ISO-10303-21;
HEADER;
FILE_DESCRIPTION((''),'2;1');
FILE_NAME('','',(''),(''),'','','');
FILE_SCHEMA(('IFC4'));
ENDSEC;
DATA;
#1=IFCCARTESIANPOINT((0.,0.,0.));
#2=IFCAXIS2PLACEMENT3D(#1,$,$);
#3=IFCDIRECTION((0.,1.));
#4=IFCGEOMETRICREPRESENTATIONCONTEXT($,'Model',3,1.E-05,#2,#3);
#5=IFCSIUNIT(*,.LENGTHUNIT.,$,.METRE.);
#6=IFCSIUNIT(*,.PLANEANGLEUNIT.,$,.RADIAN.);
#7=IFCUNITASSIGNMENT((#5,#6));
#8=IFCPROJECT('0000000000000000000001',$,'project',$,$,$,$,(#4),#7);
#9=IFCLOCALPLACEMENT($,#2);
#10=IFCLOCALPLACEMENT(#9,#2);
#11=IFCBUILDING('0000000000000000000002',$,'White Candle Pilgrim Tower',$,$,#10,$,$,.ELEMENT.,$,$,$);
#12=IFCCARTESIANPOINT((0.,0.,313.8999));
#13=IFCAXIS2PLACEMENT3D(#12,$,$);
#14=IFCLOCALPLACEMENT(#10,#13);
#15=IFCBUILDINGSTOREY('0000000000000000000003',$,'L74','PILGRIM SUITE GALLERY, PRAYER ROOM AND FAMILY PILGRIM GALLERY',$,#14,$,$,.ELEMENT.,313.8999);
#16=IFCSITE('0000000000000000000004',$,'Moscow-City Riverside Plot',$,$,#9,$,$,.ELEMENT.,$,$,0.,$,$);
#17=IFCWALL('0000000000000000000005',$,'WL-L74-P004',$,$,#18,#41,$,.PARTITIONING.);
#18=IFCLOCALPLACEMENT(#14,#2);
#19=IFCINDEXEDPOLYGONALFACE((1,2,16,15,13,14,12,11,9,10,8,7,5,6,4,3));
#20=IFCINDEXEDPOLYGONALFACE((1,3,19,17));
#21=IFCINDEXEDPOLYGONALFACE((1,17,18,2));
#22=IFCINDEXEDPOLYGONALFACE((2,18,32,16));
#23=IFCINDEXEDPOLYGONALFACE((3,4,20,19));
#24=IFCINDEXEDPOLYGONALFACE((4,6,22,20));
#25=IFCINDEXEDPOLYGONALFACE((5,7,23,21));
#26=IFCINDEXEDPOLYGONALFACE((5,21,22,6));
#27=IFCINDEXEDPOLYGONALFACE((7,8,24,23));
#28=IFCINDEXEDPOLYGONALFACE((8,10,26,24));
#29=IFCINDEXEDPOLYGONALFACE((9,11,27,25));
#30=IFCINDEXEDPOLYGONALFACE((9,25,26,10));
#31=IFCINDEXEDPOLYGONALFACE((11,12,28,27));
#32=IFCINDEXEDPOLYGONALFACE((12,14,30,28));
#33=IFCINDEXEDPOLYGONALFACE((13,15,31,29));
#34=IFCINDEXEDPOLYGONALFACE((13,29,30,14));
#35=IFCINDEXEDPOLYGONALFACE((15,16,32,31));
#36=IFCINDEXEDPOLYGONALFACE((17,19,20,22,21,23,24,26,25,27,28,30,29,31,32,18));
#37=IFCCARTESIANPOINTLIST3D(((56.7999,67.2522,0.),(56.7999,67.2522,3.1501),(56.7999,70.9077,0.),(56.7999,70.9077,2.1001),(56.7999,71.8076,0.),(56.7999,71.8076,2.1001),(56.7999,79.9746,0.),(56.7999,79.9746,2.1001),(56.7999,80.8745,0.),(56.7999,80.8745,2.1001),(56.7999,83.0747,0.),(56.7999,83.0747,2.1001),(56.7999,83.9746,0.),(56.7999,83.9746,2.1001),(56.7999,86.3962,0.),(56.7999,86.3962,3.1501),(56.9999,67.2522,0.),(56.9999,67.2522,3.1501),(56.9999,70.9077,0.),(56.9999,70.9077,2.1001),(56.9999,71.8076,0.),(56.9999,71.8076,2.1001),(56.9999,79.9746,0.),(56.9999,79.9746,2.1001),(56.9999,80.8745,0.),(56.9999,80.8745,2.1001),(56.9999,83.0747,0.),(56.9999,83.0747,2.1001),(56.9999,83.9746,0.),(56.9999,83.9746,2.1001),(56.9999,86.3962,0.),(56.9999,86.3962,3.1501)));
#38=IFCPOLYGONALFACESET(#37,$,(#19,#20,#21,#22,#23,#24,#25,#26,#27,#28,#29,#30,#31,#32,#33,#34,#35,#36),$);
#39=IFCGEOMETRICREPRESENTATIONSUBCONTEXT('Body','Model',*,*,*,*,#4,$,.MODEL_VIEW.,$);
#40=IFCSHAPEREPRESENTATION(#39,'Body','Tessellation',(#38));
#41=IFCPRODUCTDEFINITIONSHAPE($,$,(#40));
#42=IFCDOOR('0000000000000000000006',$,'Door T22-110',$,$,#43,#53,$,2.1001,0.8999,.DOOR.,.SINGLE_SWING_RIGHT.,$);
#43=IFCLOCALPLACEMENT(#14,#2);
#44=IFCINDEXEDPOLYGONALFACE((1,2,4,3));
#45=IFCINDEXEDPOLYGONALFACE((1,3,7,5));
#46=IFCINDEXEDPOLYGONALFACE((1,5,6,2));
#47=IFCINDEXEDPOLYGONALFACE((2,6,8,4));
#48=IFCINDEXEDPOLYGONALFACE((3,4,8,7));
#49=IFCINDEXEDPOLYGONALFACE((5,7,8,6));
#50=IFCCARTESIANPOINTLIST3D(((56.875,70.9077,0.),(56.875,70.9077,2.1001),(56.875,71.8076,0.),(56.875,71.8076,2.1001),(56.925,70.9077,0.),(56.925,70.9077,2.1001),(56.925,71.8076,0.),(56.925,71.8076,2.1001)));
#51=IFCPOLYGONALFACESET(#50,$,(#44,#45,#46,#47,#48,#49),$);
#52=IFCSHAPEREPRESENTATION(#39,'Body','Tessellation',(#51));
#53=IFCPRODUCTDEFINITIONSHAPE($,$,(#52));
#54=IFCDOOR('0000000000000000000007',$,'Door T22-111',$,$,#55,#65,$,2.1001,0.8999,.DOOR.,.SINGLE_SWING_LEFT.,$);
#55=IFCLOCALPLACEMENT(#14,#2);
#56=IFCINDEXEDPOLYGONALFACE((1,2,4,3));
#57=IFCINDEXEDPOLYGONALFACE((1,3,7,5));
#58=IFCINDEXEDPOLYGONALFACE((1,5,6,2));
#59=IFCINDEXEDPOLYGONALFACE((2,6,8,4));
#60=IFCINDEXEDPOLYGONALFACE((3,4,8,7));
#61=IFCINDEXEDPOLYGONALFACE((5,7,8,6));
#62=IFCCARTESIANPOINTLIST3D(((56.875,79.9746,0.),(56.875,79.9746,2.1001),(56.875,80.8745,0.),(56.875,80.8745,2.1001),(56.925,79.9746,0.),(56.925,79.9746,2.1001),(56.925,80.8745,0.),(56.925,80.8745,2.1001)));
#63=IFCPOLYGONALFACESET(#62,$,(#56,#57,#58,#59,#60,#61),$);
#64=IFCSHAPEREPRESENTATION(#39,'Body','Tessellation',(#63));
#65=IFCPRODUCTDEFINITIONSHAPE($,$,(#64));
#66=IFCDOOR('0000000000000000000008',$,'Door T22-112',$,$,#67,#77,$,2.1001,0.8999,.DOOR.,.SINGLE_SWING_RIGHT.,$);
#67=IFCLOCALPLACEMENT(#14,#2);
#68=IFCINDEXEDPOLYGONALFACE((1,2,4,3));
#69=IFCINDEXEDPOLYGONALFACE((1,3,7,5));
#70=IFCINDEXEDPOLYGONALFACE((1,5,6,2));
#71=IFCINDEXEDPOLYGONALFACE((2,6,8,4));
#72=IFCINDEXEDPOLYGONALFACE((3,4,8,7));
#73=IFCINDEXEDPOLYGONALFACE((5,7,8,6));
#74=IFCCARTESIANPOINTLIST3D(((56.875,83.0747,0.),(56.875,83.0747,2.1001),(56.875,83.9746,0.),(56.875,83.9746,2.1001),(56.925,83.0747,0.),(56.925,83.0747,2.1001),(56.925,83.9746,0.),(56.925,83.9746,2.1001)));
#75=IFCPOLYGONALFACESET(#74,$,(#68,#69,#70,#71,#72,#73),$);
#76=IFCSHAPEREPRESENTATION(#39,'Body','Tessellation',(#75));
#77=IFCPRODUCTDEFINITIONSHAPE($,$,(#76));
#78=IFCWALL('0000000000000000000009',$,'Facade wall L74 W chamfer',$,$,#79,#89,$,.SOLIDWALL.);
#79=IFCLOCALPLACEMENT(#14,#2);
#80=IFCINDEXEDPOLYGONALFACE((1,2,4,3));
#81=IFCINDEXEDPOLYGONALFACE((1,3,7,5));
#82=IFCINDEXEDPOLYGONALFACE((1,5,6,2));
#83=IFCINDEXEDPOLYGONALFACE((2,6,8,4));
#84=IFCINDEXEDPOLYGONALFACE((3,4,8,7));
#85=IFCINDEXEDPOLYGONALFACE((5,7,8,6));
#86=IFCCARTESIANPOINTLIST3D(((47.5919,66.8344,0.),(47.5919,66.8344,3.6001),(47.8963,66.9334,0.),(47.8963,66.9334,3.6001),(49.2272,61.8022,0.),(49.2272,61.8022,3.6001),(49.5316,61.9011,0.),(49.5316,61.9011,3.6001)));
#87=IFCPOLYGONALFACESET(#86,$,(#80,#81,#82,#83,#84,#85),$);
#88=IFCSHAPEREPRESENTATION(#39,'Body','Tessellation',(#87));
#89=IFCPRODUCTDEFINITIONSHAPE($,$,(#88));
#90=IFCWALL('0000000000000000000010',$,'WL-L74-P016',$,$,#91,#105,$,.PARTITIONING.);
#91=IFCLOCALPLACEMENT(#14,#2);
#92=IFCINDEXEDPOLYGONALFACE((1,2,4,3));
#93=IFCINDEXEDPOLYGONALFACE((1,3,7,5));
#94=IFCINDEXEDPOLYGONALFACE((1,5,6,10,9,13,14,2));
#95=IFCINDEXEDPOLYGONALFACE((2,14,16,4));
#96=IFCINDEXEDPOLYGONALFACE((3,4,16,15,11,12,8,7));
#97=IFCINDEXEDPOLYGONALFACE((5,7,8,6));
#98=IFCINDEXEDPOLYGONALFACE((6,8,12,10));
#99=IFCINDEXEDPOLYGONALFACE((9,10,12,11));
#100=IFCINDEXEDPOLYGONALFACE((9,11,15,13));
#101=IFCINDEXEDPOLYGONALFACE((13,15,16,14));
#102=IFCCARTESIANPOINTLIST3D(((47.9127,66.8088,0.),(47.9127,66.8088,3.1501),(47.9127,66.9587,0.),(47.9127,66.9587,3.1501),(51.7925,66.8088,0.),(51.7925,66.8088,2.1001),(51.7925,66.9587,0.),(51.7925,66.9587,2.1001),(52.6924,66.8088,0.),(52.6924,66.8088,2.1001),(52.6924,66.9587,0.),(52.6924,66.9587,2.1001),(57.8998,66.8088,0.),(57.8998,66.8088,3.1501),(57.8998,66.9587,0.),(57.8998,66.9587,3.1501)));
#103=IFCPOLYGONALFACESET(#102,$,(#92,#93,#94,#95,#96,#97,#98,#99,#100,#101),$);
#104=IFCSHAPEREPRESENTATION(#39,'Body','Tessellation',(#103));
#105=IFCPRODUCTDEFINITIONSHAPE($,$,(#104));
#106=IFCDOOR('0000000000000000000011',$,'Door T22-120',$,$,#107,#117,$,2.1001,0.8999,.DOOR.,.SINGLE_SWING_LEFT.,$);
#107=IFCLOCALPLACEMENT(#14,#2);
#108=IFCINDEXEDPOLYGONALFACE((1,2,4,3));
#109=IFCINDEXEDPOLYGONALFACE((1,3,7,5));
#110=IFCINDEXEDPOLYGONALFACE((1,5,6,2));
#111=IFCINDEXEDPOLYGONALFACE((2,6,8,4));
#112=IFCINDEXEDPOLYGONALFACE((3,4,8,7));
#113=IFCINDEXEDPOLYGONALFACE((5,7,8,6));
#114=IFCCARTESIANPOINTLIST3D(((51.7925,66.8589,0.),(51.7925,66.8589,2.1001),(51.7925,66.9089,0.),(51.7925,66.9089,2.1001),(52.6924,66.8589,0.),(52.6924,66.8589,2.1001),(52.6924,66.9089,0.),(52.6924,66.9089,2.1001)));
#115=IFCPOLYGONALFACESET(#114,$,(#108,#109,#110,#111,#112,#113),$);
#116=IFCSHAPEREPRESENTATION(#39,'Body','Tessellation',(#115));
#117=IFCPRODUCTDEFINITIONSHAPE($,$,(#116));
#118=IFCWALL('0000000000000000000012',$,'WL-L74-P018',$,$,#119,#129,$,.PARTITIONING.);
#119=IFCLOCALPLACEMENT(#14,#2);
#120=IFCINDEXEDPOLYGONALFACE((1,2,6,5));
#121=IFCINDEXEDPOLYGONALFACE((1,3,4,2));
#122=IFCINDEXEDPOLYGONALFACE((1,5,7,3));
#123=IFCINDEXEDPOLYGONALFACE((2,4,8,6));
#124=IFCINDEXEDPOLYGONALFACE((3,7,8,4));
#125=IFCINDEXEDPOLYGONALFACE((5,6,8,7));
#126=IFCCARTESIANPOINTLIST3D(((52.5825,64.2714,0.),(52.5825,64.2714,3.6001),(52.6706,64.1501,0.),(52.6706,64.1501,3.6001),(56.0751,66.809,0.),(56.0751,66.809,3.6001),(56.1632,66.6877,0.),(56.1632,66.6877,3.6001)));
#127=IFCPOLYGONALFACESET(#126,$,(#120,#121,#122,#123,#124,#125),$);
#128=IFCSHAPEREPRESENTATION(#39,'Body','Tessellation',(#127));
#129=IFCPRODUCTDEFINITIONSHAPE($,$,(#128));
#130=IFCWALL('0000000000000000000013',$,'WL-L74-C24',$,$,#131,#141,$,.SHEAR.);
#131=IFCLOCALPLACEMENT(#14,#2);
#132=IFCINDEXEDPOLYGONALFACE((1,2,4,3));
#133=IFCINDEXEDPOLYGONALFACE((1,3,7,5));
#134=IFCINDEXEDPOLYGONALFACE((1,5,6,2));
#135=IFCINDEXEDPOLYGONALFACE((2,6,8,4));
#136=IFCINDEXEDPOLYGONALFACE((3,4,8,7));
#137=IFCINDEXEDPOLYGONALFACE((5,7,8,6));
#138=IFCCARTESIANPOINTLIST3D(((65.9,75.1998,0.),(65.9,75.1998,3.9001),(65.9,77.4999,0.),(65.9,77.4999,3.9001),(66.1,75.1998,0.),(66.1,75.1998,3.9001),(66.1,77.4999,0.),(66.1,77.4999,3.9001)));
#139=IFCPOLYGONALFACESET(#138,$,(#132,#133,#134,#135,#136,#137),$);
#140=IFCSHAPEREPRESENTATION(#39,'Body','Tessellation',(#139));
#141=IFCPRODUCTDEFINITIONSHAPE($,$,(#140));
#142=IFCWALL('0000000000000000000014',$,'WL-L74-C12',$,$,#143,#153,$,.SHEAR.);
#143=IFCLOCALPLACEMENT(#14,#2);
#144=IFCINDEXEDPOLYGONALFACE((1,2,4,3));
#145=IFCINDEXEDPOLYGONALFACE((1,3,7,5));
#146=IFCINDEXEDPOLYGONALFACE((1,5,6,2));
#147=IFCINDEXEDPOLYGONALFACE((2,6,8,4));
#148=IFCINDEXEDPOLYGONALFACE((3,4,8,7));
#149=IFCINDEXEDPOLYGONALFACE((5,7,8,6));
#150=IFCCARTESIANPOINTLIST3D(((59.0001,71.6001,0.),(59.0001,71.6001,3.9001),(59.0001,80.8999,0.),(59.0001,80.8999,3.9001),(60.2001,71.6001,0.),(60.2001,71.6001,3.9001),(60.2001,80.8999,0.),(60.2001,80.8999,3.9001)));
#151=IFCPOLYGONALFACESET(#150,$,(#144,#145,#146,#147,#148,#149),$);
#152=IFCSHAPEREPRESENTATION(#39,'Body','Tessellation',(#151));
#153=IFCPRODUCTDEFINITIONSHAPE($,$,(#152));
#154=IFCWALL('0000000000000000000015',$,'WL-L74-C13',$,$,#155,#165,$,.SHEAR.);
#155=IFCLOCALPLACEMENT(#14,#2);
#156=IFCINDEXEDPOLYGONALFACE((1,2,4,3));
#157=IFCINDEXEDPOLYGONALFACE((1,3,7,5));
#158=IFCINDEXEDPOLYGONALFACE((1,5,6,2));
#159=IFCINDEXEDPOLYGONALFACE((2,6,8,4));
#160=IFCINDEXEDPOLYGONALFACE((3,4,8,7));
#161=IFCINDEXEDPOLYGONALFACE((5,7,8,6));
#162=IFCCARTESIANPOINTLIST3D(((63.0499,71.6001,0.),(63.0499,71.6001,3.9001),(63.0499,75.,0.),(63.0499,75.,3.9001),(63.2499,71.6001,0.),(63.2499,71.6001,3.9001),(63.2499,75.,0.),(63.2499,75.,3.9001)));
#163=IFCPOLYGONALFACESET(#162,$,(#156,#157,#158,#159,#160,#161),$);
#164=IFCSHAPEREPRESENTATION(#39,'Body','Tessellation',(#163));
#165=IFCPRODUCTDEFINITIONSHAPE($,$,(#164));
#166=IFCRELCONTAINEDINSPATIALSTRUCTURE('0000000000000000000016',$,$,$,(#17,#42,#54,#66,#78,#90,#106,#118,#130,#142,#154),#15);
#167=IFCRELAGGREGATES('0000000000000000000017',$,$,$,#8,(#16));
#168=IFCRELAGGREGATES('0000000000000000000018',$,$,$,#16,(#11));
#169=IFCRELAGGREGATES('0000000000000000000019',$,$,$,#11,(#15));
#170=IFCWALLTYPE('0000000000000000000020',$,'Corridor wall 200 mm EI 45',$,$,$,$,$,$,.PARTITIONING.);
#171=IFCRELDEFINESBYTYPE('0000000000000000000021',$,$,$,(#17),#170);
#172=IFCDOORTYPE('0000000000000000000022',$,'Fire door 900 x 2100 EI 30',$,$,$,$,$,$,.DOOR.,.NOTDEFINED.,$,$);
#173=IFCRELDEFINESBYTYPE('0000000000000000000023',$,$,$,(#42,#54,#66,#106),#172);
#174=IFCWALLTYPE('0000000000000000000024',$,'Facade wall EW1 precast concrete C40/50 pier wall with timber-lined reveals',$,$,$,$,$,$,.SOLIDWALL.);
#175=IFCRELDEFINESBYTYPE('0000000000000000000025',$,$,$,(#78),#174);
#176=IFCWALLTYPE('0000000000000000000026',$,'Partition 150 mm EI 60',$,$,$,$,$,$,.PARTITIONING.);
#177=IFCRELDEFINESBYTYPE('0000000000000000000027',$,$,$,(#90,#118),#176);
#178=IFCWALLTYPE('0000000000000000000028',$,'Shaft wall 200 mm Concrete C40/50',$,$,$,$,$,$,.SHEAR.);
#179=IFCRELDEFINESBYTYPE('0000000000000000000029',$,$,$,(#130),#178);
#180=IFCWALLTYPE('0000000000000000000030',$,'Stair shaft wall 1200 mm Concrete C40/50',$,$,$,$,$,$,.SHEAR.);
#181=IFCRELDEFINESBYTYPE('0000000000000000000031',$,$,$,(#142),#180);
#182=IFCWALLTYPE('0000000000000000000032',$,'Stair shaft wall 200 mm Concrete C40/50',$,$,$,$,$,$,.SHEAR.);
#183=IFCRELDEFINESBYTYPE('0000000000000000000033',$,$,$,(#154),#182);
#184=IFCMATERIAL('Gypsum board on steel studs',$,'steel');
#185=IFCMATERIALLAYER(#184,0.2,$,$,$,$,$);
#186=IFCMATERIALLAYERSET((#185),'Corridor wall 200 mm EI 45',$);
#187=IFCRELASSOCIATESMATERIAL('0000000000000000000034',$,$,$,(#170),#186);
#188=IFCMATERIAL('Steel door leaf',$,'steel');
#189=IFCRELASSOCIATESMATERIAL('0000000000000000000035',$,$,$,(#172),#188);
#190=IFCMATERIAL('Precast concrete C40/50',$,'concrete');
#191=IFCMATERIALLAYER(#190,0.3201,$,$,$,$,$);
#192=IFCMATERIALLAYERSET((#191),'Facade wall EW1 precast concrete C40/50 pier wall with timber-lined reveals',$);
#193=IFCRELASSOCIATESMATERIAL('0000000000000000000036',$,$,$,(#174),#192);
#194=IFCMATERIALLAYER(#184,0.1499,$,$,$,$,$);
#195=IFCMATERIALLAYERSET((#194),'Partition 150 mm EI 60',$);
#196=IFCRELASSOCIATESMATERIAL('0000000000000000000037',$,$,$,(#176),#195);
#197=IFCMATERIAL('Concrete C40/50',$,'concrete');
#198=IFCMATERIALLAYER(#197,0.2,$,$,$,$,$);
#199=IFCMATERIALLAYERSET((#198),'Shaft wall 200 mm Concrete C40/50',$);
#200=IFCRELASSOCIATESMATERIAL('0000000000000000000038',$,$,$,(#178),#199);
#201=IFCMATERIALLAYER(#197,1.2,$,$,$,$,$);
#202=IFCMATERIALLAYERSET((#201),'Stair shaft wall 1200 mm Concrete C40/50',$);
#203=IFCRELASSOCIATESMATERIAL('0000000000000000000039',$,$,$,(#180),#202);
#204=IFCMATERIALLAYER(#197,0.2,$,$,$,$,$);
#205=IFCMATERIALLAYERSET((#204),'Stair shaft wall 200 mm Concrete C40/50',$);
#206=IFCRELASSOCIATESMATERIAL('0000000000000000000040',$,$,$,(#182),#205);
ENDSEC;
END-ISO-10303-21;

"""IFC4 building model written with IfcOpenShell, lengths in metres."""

from ifc_helpers import new_model, si_unit, direction, frame, frame_2d, origin, place, context, subcontext, project, spatial, rectangle, extrude, material, layer, layer_set, type_object, element, fill, save


model = new_model("IFC4")

# Units and contexts
model_context = context("Model", 3, precision=1e-05, world=origin(), true_north=direction((0.0, 1.0)))
body_context = subcontext(model_context, "Body", "Model", "MODEL_VIEW")
ifc_project = project(units=[si_unit("LENGTHUNIT", "METRE"), si_unit("PLANEANGLEUNIT", "RADIAN")], contexts=[model_context])

# Site, building, storey
site_placement = place(None, origin())
site = spatial("IfcSite", under=ifc_project, at=site_placement, Name="Moscow-City Riverside Plot", CompositionType="ELEMENT", RefElevation=0.0)
building_placement = place(site_placement, origin())
building = spatial("IfcBuilding", under=site, at=building_placement, Name="White Candle Pilgrim Tower", CompositionType="ELEMENT")
storey_placement = place(building_placement, frame((0.0, 0.0, 313.8999)))
storey = spatial("IfcBuildingStorey", under=building, at=storey_placement, Name="L74", Description="PILGRIM SUITE GALLERY, PRAYER ROOM AND FAMILY PILGRIM GALLERY", CompositionType="ELEMENT", Elevation=313.8999)

# Wall, openings, doors
ifc_material_1 = material(Name="Gypsum board on steel studs", Category="steel")
ifc_layer_1 = layer(ifc_material_1, 0.2)
ifc_layer_set_1 = layer_set([ifc_layer_1], Name="Corridor wall 200 mm EI 45")
wall_type_1 = type_object("IfcWallType", Name="Corridor wall 200 mm EI 45", PredefinedType="PARTITIONING", material=ifc_layer_set_1)
wall_1_placement = place(storey_placement, frame((56.8999, 67.2522, 0.0), z_axis=(0.0, 0.0, 1.0), x_axis=(0.0, 1.0, 0.0)))
wall_1 = element("IfcWall", 1, at=wall_1_placement, inside=storey, type_object=wall_type_1, Name="WL-L74-P004", PredefinedType="PARTITIONING", context=body_context, shape_type="SweptSolid", body=[
    extrude(rectangle(XDim=19.144, YDim=0.2, at=frame_2d((9.572, 0.0))), origin(), (0.0, 0.0, 1.0), 3.1501),
])
opening_1_placement = place(wall_1_placement, frame((3.6555, 0.0, 0.0)))
opening_1 = element("IfcOpeningElement", 2, at=opening_1_placement, cuts=wall_1, PredefinedType="OPENING", context=body_context, shape_type="SweptSolid", body=[
    extrude(rectangle(XDim=0.8999, YDim=2.1001, at=frame_2d((0.45, 1.05))), frame((0.0, 0.1099, 0.0), z_axis=(0.0, -1.0, 0.0), x_axis=(1.0, 0.0, 0.0)), (0.0, 0.0, 1.0), 0.22),
])
opening_2_placement = place(wall_1_placement, frame((12.7224, 0.0, 0.0)))
opening_2 = element("IfcOpeningElement", 3, at=opening_2_placement, cuts=wall_1, PredefinedType="OPENING", context=body_context, shape_type="SweptSolid", body=[
    extrude(rectangle(XDim=0.8999, YDim=2.1001, at=frame_2d((0.45, 1.05))), frame((0.0, 0.1099, 0.0), z_axis=(0.0, -1.0, 0.0), x_axis=(1.0, 0.0, 0.0)), (0.0, 0.0, 1.0), 0.22),
])
opening_3_placement = place(wall_1_placement, frame((15.8225, 0.0, 0.0)))
opening_3 = element("IfcOpeningElement", 4, at=opening_3_placement, cuts=wall_1, PredefinedType="OPENING", context=body_context, shape_type="SweptSolid", body=[
    extrude(rectangle(XDim=0.8999, YDim=2.1001, at=frame_2d((0.45, 1.05))), frame((0.0, 0.1099, 0.0), z_axis=(0.0, -1.0, 0.0), x_axis=(1.0, 0.0, 0.0)), (0.0, 0.0, 1.0), 0.22),
])
ifc_material_2 = material(Name="Steel door leaf", Category="steel")
door_type_1 = type_object("IfcDoorType", Name="Fire door 900 x 2100 EI 30", OperationType="NOTDEFINED", PredefinedType="DOOR", material=ifc_material_2)
door_1_placement = place(opening_1_placement, origin())
door_1 = element("IfcDoor", 5, at=door_1_placement, inside=storey, type_object=door_type_1, Name="Door T22-110", OperationType="SINGLE_SWING_RIGHT", OverallHeight=2.1001, OverallWidth=0.8999, PredefinedType="DOOR", context=body_context, shape_type="SweptSolid", body=[
    extrude(rectangle(XDim=0.8999, YDim=2.1001, at=frame_2d((0.45, 1.05))), frame((0.0, 0.0249, 0.0), z_axis=(0.0, -1.0, 0.0), x_axis=(1.0, 0.0, 0.0)), (0.0, 0.0, 1.0), 0.05),
])
fill(opening_1, door_1)
door_2_placement = place(opening_2_placement, origin())
door_2 = element("IfcDoor", 6, at=door_2_placement, inside=storey, type_object=door_type_1, Name="Door T22-111", OperationType="SINGLE_SWING_LEFT", OverallHeight=2.1001, OverallWidth=0.8999, PredefinedType="DOOR", context=body_context, shape_type="SweptSolid", body=[
    extrude(rectangle(XDim=0.8999, YDim=2.1001, at=frame_2d((0.45, 1.05))), frame((0.0, 0.0249, 0.0), z_axis=(0.0, -1.0, 0.0), x_axis=(1.0, 0.0, 0.0)), (0.0, 0.0, 1.0), 0.05),
])
fill(opening_2, door_2)
door_3_placement = place(opening_3_placement, origin())
door_3 = element("IfcDoor", 7, at=door_3_placement, inside=storey, type_object=door_type_1, Name="Door T22-112", OperationType="SINGLE_SWING_RIGHT", OverallHeight=2.1001, OverallWidth=0.8999, PredefinedType="DOOR", context=body_context, shape_type="SweptSolid", body=[
    extrude(rectangle(XDim=0.8999, YDim=2.1001, at=frame_2d((0.45, 1.05))), frame((0.0, 0.0249, 0.0), z_axis=(0.0, -1.0, 0.0), x_axis=(1.0, 0.0, 0.0)), (0.0, 0.0, 1.0), 0.05),
])
fill(opening_3, door_3)

# Wall
ifc_material_3 = material(Name="Precast concrete C40/50", Category="concrete")
ifc_layer_2 = layer(ifc_material_3, 0.3201)
ifc_layer_set_2 = layer_set([ifc_layer_2], Name="Facade wall EW1 precast concrete C40/50 pier wall with timber-lined reveals")
wall_type_2 = type_object("IfcWallType", Name="Facade wall EW1 precast concrete C40/50 pier wall with timber-lined reveals", PredefinedType="SOLIDWALL", material=ifc_layer_set_2)
wall_2_placement = place(storey_placement, frame((47.7441, 66.8838, 0.0), z_axis=(0.0, 0.0, 1.0), x_axis=(0.309049, -0.951046, 0.0)))
element("IfcWall", 8, at=wall_2_placement, inside=storey, type_object=wall_type_2, Name="Facade wall L74 W chamfer", PredefinedType="SOLIDWALL", context=body_context, shape_type="SweptSolid", body=[
    extrude(rectangle(XDim=5.2913, YDim=0.3201, at=frame_2d((2.6455, 0.0))), origin(), (0.0, 0.0, 1.0), 3.6001),
])

# Wall, opening, door
ifc_layer_3 = layer(ifc_material_1, 0.1499)
ifc_layer_set_3 = layer_set([ifc_layer_3], Name="Partition 150 mm EI 60")
wall_type_3 = type_object("IfcWallType", Name="Partition 150 mm EI 60", PredefinedType="PARTITIONING", material=ifc_layer_set_3)
wall_3_placement = place(storey_placement, frame((47.9126, 66.8838, 0.0), z_axis=(0.0, 0.0, 1.0), x_axis=(1.0, 0.0, 0.0)))
wall_3 = element("IfcWall", 9, at=wall_3_placement, inside=storey, type_object=wall_type_3, Name="WL-L74-P016", PredefinedType="PARTITIONING", context=body_context, shape_type="SweptSolid", body=[
    extrude(rectangle(XDim=9.9871, YDim=0.1499, at=frame_2d((4.9937, 0.0))), origin(), (0.0, 0.0, 1.0), 3.1501),
])
opening_4_placement = place(wall_3_placement, frame((3.8799, 0.0, 0.0)))
opening_4 = element("IfcOpeningElement", 10, at=opening_4_placement, cuts=wall_3, PredefinedType="OPENING", context=body_context, shape_type="SweptSolid", body=[
    extrude(rectangle(XDim=0.8999, YDim=2.1001, at=frame_2d((0.45, 1.05))), frame((0.0, 0.085, 0.0), z_axis=(0.0, -1.0, 0.0), x_axis=(1.0, 0.0, 0.0)), (0.0, 0.0, 1.0), 0.1699),
])
door_4_placement = place(opening_4_placement, frame((0.8999, 0.0, 0.0), z_axis=(0.0, 0.0, 1.0), x_axis=(-1.0, 0.0, 0.0)))
door_4 = element("IfcDoor", 11, at=door_4_placement, inside=storey, type_object=door_type_1, Name="Door T22-120", OperationType="SINGLE_SWING_LEFT", OverallHeight=2.1001, OverallWidth=0.8999, PredefinedType="DOOR", context=body_context, shape_type="SweptSolid", body=[
    extrude(rectangle(XDim=0.8999, YDim=2.1001, at=frame_2d((0.45, 1.05))), frame((0.0, 0.0249, 0.0), z_axis=(0.0, -1.0, 0.0), x_axis=(1.0, 0.0, 0.0)), (0.0, 0.0, 1.0), 0.05),
])
fill(opening_4, door_4)

# Walls
wall_4_placement = place(storey_placement, frame((52.6265, 64.2107, 0.0), z_axis=(0.0, 0.0, 1.0), x_axis=(0.809015, 0.587788, 0.0)))
element("IfcWall", 12, at=wall_4_placement, inside=storey, type_object=wall_type_3, Name="WL-L74-P018", PredefinedType="PARTITIONING", context=body_context, shape_type="SweptSolid", body=[
    extrude(rectangle(XDim=4.3171, YDim=0.1499, at=frame_2d((2.1587, 0.0))), origin(), (0.0, 0.0, 1.0), 3.6001),
])
ifc_material_4 = material(Name="Concrete C40/50", Category="concrete")
ifc_layer_4 = layer(ifc_material_4, 0.2)
ifc_layer_set_4 = layer_set([ifc_layer_4], Name="Shaft wall 200 mm Concrete C40/50")
wall_type_4 = type_object("IfcWallType", Name="Shaft wall 200 mm Concrete C40/50", PredefinedType="SHEAR", material=ifc_layer_set_4)
wall_5_placement = place(storey_placement, frame((66.0, 75.2, 0.0), z_axis=(0.0, 0.0, 1.0), x_axis=(0.0, 1.0, 0.0)))
element("IfcWall", 13, at=wall_5_placement, inside=storey, type_object=wall_type_4, Name="WL-L74-C24", PredefinedType="SHEAR", context=body_context, shape_type="SweptSolid", body=[
    extrude(rectangle(XDim=2.3, YDim=0.2, at=frame_2d((1.1499, 0.0))), origin(), (0.0, 0.0, 1.0), 3.9001),
])
ifc_layer_5 = layer(ifc_material_4, 1.2)
ifc_layer_set_5 = layer_set([ifc_layer_5], Name="Stair shaft wall 1200 mm Concrete C40/50")
wall_type_5 = type_object("IfcWallType", Name="Stair shaft wall 1200 mm Concrete C40/50", PredefinedType="SHEAR", material=ifc_layer_set_5)
wall_6_placement = place(storey_placement, frame((59.6001, 71.6001, 0.0), z_axis=(0.0, 0.0, 1.0), x_axis=(0.0, 1.0, 0.0)))
element("IfcWall", 14, at=wall_6_placement, inside=storey, type_object=wall_type_5, Name="WL-L74-C12", PredefinedType="SHEAR", context=body_context, shape_type="SweptSolid", body=[
    extrude(rectangle(XDim=9.2998, YDim=1.2, at=frame_2d((4.6499, 0.0))), origin(), (0.0, 0.0, 1.0), 3.9001),
])
ifc_layer_6 = layer(ifc_material_4, 0.2)
ifc_layer_set_6 = layer_set([ifc_layer_6], Name="Stair shaft wall 200 mm Concrete C40/50")
wall_type_6 = type_object("IfcWallType", Name="Stair shaft wall 200 mm Concrete C40/50", PredefinedType="SHEAR", material=ifc_layer_set_6)
wall_7_placement = place(storey_placement, frame((63.1499, 71.6001, 0.0), z_axis=(0.0, 0.0, 1.0), x_axis=(0.0, 1.0, 0.0)))
element("IfcWall", 15, at=wall_7_placement, inside=storey, type_object=wall_type_6, Name="WL-L74-C13", PredefinedType="SHEAR", context=body_context, shape_type="SweptSolid", body=[
    extrude(rectangle(XDim=3.3999, YDim=0.2, at=frame_2d((1.7, 0.0))), origin(), (0.0, 0.0, 1.0), 3.9001),
])

save(model, "model.ifc")
